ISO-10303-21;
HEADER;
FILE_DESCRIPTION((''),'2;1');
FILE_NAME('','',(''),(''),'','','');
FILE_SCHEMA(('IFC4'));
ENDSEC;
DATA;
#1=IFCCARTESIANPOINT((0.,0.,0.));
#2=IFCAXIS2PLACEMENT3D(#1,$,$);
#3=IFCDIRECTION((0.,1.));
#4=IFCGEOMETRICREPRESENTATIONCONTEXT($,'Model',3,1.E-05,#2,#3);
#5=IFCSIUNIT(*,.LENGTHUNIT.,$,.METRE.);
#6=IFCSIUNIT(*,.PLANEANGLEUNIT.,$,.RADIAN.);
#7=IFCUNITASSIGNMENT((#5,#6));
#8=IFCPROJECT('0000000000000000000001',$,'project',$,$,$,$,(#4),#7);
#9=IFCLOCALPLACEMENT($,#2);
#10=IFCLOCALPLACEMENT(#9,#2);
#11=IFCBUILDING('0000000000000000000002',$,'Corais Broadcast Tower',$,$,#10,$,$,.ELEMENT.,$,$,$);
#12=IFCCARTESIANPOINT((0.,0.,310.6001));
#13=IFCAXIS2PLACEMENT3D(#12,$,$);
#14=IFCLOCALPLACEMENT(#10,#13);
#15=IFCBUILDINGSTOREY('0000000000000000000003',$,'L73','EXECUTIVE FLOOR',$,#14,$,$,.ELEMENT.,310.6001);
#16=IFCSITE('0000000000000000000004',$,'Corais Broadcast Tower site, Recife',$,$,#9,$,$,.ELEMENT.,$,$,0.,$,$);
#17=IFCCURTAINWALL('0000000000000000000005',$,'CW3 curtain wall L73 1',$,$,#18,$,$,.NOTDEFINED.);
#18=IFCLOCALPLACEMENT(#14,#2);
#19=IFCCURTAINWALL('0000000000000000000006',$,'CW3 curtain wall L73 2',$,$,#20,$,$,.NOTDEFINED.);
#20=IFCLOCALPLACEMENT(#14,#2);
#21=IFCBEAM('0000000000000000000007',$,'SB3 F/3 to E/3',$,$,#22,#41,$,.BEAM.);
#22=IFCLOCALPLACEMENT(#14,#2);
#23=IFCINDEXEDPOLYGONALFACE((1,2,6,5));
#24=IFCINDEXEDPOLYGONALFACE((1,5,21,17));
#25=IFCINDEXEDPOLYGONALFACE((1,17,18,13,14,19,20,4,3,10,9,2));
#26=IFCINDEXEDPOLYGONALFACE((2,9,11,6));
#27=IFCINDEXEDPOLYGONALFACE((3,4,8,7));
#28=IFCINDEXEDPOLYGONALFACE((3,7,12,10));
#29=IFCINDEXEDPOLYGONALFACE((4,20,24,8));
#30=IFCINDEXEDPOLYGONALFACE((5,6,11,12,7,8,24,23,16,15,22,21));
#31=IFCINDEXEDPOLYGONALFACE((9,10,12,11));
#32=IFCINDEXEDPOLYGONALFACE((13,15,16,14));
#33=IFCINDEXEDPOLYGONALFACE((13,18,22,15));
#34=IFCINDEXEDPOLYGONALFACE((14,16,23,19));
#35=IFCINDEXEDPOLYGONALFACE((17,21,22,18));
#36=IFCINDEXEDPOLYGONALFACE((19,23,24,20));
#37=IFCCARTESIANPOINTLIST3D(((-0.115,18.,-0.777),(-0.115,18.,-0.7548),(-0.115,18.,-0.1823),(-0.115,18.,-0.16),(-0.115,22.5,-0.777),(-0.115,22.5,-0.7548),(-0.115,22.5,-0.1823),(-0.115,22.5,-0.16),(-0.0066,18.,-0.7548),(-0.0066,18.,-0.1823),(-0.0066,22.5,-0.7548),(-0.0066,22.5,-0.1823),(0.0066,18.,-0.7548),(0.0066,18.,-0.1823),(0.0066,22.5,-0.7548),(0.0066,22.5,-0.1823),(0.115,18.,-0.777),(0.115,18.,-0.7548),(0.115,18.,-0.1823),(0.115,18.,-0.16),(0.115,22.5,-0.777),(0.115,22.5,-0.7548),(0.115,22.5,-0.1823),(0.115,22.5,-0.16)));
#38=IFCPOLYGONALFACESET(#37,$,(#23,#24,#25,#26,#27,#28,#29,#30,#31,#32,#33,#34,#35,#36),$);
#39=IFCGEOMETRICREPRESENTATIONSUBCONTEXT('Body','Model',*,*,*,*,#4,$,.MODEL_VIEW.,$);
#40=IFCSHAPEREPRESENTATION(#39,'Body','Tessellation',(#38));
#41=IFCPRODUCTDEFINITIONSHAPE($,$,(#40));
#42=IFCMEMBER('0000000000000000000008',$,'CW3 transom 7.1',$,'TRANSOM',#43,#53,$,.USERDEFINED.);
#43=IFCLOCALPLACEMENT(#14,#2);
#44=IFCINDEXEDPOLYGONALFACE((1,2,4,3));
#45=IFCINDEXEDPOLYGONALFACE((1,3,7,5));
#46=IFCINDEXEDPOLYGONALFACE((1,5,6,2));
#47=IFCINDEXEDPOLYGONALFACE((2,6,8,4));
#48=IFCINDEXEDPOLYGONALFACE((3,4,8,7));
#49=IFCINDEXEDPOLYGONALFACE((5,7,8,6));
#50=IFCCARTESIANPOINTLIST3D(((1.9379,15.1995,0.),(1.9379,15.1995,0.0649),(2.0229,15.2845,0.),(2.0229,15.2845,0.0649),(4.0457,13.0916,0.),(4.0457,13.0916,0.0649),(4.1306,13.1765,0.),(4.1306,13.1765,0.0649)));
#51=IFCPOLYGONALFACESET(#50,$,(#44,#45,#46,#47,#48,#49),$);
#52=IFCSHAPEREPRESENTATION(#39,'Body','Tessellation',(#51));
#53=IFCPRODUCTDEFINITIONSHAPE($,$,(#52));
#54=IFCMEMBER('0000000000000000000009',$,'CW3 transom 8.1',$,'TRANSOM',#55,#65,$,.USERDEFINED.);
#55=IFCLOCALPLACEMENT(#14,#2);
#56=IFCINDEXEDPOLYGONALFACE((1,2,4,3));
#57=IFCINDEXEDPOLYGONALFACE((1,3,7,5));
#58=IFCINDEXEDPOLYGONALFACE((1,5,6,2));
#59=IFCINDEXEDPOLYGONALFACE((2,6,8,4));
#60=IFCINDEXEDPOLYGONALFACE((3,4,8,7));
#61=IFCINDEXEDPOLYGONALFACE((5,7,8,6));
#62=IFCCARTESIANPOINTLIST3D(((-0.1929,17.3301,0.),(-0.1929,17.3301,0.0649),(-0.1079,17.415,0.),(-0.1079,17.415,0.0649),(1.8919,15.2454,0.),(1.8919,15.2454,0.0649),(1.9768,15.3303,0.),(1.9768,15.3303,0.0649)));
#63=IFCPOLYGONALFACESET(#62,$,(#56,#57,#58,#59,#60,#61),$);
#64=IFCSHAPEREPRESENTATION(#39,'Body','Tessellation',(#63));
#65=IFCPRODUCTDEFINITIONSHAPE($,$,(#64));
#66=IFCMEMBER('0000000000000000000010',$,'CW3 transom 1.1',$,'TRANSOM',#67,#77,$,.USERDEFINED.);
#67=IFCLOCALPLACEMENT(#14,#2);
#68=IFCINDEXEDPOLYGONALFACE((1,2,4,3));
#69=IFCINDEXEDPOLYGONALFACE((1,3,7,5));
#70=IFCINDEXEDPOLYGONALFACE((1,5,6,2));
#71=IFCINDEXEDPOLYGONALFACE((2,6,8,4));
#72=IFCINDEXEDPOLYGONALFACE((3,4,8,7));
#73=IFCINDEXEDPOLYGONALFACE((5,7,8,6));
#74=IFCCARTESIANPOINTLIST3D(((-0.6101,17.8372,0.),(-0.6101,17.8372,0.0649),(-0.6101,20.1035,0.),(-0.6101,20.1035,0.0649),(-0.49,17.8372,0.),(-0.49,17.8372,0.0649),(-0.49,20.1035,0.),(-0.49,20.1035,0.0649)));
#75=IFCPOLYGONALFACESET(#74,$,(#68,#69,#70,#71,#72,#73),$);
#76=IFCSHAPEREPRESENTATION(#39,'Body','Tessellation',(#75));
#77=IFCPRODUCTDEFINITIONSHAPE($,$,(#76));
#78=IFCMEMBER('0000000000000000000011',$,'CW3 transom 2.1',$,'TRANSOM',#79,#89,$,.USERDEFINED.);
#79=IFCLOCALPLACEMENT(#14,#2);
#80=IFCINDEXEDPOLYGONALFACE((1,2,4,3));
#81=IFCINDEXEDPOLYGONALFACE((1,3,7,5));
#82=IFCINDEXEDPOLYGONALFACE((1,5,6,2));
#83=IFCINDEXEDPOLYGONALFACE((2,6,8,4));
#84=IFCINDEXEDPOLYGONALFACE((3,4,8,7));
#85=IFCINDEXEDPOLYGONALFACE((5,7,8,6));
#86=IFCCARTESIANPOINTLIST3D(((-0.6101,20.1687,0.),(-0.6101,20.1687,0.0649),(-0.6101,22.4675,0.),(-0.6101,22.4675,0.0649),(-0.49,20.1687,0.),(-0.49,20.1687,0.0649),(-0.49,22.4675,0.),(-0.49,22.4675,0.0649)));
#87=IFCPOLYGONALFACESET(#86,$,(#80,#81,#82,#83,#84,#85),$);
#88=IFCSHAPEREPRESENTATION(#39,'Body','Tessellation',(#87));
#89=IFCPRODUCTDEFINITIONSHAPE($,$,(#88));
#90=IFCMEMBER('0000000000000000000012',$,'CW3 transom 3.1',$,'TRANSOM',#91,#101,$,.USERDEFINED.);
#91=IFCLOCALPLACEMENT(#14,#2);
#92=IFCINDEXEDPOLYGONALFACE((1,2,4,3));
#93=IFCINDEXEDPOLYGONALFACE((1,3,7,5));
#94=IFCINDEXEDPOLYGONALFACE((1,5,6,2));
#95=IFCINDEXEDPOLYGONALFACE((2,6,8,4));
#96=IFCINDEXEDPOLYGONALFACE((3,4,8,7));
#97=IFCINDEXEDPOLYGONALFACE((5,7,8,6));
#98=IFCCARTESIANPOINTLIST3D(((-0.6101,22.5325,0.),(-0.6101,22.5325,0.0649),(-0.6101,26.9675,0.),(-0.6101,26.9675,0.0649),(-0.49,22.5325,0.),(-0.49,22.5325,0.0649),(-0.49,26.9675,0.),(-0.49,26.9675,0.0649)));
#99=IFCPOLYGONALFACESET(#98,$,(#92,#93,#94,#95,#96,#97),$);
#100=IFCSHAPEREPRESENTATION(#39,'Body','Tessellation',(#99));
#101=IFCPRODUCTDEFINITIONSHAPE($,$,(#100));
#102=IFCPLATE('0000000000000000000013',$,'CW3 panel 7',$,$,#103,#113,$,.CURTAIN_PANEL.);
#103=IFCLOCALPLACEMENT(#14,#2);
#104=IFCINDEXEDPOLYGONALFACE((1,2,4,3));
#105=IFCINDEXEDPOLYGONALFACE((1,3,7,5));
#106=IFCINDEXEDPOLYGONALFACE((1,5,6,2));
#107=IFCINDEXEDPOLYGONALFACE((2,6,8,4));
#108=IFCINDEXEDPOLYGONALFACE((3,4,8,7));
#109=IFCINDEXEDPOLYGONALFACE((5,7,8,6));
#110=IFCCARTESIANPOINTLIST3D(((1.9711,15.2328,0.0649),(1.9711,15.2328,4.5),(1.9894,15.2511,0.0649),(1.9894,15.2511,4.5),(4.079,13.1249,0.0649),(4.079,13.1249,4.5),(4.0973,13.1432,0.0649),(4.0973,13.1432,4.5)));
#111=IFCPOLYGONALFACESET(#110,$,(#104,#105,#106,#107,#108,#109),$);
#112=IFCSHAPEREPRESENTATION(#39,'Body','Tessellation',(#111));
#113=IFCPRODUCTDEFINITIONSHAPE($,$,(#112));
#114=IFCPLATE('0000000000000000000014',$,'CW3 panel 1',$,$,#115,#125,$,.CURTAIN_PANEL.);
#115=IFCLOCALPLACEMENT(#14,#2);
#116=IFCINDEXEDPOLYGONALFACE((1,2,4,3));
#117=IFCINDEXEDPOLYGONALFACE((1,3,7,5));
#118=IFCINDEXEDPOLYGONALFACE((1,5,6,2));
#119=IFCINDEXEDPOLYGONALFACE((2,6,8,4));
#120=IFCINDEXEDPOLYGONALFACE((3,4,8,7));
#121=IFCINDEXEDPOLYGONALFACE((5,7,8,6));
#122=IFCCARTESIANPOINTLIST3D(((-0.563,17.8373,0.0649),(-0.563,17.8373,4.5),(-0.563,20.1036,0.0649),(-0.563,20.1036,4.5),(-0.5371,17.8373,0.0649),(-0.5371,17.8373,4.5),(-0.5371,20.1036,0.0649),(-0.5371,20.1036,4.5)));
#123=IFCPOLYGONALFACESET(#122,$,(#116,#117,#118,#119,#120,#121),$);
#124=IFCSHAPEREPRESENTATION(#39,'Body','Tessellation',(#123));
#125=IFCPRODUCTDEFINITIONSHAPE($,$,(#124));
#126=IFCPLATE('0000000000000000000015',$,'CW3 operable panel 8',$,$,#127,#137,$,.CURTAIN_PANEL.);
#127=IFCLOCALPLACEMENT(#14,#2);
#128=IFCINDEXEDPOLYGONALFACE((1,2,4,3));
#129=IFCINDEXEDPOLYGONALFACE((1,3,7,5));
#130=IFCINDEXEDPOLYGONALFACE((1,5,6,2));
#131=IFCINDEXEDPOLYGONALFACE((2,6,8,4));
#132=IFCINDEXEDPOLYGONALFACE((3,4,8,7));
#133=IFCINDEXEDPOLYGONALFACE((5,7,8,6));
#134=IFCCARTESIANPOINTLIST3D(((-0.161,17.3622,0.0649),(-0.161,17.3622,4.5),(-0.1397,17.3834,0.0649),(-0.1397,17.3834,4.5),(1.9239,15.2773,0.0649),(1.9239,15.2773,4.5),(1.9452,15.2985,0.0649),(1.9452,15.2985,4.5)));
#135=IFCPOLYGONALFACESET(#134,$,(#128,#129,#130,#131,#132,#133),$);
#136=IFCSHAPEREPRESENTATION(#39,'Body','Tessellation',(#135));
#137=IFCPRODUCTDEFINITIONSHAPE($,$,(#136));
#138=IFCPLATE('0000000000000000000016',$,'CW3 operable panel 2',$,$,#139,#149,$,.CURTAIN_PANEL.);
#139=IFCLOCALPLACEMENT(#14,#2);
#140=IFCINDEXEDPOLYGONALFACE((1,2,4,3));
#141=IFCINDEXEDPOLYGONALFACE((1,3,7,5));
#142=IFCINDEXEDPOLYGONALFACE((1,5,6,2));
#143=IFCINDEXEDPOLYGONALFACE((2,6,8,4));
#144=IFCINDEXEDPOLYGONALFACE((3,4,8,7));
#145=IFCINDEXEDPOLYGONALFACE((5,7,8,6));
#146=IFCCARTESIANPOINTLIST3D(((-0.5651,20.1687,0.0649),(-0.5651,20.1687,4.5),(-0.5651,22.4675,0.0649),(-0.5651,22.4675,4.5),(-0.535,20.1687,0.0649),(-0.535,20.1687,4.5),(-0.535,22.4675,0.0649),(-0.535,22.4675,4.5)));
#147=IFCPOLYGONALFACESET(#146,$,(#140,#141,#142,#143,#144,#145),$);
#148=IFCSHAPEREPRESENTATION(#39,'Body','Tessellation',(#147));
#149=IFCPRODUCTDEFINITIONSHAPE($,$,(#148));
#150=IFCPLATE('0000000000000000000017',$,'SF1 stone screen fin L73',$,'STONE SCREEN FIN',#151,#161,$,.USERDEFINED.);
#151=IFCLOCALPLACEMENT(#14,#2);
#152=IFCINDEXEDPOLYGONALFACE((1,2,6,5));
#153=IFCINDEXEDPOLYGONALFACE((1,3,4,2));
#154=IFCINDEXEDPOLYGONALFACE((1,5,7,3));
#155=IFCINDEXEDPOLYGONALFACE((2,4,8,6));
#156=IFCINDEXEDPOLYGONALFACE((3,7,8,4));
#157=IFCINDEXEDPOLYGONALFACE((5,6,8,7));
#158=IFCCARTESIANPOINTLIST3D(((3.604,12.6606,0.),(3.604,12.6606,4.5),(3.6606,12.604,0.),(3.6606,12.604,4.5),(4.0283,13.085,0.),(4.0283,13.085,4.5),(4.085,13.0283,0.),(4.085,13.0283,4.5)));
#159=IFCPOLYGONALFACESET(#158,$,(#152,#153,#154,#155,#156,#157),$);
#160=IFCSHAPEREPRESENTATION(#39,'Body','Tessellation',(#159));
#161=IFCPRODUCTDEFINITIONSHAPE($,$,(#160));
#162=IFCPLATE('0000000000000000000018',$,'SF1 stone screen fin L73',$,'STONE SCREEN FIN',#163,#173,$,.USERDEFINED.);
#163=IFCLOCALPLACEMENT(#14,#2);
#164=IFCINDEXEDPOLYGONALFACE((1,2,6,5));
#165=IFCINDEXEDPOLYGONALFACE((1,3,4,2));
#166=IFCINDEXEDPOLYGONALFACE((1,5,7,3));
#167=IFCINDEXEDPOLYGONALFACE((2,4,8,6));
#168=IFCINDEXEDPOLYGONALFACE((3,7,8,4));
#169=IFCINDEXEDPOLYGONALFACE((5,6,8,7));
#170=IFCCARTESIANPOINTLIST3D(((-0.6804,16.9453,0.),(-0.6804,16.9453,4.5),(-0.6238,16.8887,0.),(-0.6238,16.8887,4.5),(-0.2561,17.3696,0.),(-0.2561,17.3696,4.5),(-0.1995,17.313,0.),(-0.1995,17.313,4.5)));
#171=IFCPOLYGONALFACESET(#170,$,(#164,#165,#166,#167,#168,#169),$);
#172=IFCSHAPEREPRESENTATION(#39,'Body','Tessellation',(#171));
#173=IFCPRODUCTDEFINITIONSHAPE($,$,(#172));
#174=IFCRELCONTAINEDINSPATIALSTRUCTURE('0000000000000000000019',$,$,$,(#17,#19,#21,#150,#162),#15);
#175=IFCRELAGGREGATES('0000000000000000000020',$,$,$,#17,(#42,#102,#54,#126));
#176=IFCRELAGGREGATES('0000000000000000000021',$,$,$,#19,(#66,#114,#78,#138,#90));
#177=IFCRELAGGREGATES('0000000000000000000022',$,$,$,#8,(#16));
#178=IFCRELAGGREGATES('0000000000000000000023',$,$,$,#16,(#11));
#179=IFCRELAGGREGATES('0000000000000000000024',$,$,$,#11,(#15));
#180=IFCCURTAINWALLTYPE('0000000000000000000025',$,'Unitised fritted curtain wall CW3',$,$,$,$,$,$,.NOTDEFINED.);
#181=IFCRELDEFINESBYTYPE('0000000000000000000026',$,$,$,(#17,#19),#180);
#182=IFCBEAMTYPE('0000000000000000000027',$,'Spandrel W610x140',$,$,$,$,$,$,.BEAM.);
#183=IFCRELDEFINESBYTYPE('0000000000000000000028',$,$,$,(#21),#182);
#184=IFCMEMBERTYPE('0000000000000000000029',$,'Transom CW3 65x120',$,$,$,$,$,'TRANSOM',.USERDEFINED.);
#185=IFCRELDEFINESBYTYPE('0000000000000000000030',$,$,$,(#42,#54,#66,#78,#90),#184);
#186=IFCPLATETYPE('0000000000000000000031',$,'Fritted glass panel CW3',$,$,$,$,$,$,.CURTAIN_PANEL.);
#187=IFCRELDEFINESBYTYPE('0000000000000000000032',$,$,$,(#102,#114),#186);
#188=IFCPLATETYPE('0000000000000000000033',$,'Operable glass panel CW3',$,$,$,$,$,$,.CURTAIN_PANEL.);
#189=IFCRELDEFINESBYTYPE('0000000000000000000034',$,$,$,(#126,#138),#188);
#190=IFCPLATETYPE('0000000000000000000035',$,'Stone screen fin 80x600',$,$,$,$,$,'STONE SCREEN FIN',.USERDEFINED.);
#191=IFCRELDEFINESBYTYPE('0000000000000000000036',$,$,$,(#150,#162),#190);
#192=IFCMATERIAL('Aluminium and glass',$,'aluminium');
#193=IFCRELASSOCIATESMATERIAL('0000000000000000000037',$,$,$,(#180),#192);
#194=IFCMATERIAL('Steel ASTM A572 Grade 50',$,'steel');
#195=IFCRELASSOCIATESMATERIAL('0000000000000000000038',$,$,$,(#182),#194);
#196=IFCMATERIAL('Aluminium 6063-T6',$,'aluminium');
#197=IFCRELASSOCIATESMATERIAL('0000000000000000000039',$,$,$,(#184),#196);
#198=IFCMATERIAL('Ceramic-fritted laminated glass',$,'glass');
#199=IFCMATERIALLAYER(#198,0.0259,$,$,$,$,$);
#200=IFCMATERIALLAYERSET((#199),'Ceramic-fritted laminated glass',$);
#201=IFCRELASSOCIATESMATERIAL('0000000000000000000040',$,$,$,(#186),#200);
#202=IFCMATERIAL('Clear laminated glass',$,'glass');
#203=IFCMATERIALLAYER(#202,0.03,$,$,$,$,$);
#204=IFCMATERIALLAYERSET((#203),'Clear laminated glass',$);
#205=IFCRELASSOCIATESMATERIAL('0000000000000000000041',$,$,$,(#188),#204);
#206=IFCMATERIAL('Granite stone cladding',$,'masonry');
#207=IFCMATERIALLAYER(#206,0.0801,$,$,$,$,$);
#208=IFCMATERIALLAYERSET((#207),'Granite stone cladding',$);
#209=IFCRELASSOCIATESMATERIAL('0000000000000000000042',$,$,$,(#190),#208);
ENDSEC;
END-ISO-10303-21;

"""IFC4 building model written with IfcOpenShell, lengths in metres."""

from ifc_helpers import new_model, si_unit, direction, frame, origin, origin_2d, place, context, subcontext, project, spatial, rectangle, i_section, extrude, material, layer, layer_set, material_profile, profile_set, type_object, element, aggregate, save


model = new_model("IFC4")

# Units and contexts
model_context = context("Model", 3, precision=1e-05, world=origin(), true_north=direction((0.0, 1.0)))
body_context = subcontext(model_context, "Body", "Model", "MODEL_VIEW")
ifc_project = project(units=[si_unit("LENGTHUNIT", "METRE"), si_unit("PLANEANGLEUNIT", "RADIAN")], contexts=[model_context])

# Site, building, storey
site_placement = place(None, origin())
site = spatial("IfcSite", under=ifc_project, at=site_placement, Name="Corais Broadcast Tower site, Recife", CompositionType="ELEMENT", RefElevation=0.0)
building_placement = place(site_placement, origin())
building = spatial("IfcBuilding", under=site, at=building_placement, Name="Corais Broadcast Tower", CompositionType="ELEMENT")
storey_placement = place(building_placement, frame((0.0, 0.0, 310.6001)))
storey = spatial("IfcBuildingStorey", under=building, at=storey_placement, Name="L73", Description="EXECUTIVE FLOOR", CompositionType="ELEMENT", Elevation=310.6001)

# Curtain walls
ifc_material_1 = material(Name="Aluminium and glass", Category="aluminium")
curtain_wall_type = type_object("IfcCurtainWallType", Name="Unitised fritted curtain wall CW3", PredefinedType="NOTDEFINED", material=ifc_material_1)
curtain_wall_1_placement = place(storey_placement, origin())
curtain_wall_1 = element("IfcCurtainWall", 1, at=curtain_wall_1_placement, inside=storey, type_object=curtain_wall_type, Name="CW3 curtain wall L73 1", PredefinedType="NOTDEFINED")
curtain_wall_2_placement = place(storey_placement, origin())
curtain_wall_2 = element("IfcCurtainWall", 2, at=curtain_wall_2_placement, inside=storey, type_object=curtain_wall_type, Name="CW3 curtain wall L73 2", PredefinedType="NOTDEFINED")

# Beam
ifc_material_2 = material(Name="Steel ASTM A572 Grade 50", Category="steel")
ifc_material_profile_1 = material_profile(ifc_material_2, i_section(OverallWidth=0.23, OverallDepth=0.6169, WebThickness=0.0132, FlangeThickness=0.0222, at=origin_2d()), Name="W610x140")
ifc_profile_set_1 = profile_set([ifc_material_profile_1], Name="Steel ASTM A572 Grade 50")
beam_type_1 = type_object("IfcBeamType", Name="Spandrel W610x140", PredefinedType="BEAM", material=ifc_profile_set_1)
beam_1_placement = place(storey_placement, frame((0.0, 22.5, -0.4685), z_axis=(0.0, -1.0, 0.0), x_axis=(1.0, 0.0, 0.0)))
element("IfcBeam", 3, at=beam_1_placement, inside=storey, type_object=beam_type_1, Name="SB3 F/3 to E/3", PredefinedType="BEAM", context=body_context, shape_type="SweptSolid", body=[
    extrude(i_section(OverallWidth=0.23, OverallDepth=0.6169, WebThickness=0.0132, FlangeThickness=0.0222, at=origin_2d()), origin(), (0.0, 0.0, 1.0), 4.5),
])

# Members
ifc_material_3 = material(Name="Aluminium 6063-T6", Category="aluminium")
ifc_material_profile_2 = material_profile(ifc_material_3, rectangle(XDim=0.1201, YDim=0.0649, at=origin_2d()), Name="Transom CW3 65x120")
ifc_profile_set_2 = profile_set([ifc_material_profile_2], Name="Aluminium 6063-T6")
member_type_1 = type_object("IfcMemberType", Name="Transom CW3 65x120", ElementType="TRANSOM", PredefinedType="USERDEFINED", material=ifc_profile_set_2)
member_1_placement = place(storey_placement, frame((4.0881, 13.134, 0.0325), z_axis=(-0.707066, 0.707148, 0.0), x_axis=(-0.707148, -0.707066, 0.0)))
member_1 = element("IfcMember", 4, at=member_1_placement, type_object=member_type_1, Name="CW3 transom 7.1", ObjectType="TRANSOM", PredefinedType="USERDEFINED", context=body_context, shape_type="SweptSolid", body=[
    extrude(rectangle(XDim=0.1201, YDim=0.0649, at=origin_2d()), origin(), (0.0, 0.0, 1.0), 2.981),
])
member_2_placement = place(storey_placement, frame((1.9343, 15.2878, 0.0325), z_axis=(-0.707107, 0.707107, 0.0), x_axis=(-0.707107, -0.707107, 0.0)))
member_2 = element("IfcMember", 5, at=member_2_placement, type_object=member_type_1, Name="CW3 transom 8.1", ObjectType="TRANSOM", PredefinedType="USERDEFINED", context=body_context, shape_type="SweptSolid", body=[
    extrude(rectangle(XDim=0.1201, YDim=0.0649, at=origin_2d()), origin(), (0.0, 0.0, 1.0), 2.9482),
])
member_3_placement = place(storey_placement, frame((-0.55, 17.8372, 0.0325), z_axis=(0.0, 1.0, 0.0), x_axis=(-1.0, 0.0, 0.0)))
member_3 = element("IfcMember", 6, at=member_3_placement, type_object=member_type_1, Name="CW3 transom 1.1", ObjectType="TRANSOM", PredefinedType="USERDEFINED", context=body_context, shape_type="SweptSolid", body=[
    extrude(rectangle(XDim=0.1201, YDim=0.0649, at=origin_2d()), origin(), (0.0, 0.0, 1.0), 2.2664),
])
member_4_placement = place(storey_placement, frame((-0.55, 20.1687, 0.0325), z_axis=(0.0, 1.0, 0.0), x_axis=(-1.0, 0.0, 0.0)))
member_4 = element("IfcMember", 7, at=member_4_placement, type_object=member_type_1, Name="CW3 transom 2.1", ObjectType="TRANSOM", PredefinedType="USERDEFINED", context=body_context, shape_type="SweptSolid", body=[
    extrude(rectangle(XDim=0.1201, YDim=0.0649, at=origin_2d()), origin(), (0.0, 0.0, 1.0), 2.2988),
])
member_5_placement = place(storey_placement, frame((-0.55, 22.5325, 0.0325), z_axis=(0.0, 1.0, 0.0), x_axis=(-1.0, 0.0, 0.0)))
member_5 = element("IfcMember", 8, at=member_5_placement, type_object=member_type_1, Name="CW3 transom 3.1", ObjectType="TRANSOM", PredefinedType="USERDEFINED", context=body_context, shape_type="SweptSolid", body=[
    extrude(rectangle(XDim=0.1201, YDim=0.0649, at=origin_2d()), origin(), (0.0, 0.0, 1.0), 4.4351),
])

# Plates
ifc_material_4 = material(Name="Ceramic-fritted laminated glass", Category="glass")
ifc_layer_1 = layer(ifc_material_4, 0.0259)
ifc_layer_set_1 = layer_set([ifc_layer_1], Name="Ceramic-fritted laminated glass")
plate_type_1 = type_object("IfcPlateType", Name="Fritted glass panel CW3", PredefinedType="CURTAIN_PANEL", material=ifc_layer_set_1)
plate_1_placement = place(storey_placement, frame((3.0342, 14.188, 0.0649), z_axis=(0.0, 0.0, 1.0), x_axis=(-0.707107, 0.707107, 0.0)))
plate_1 = element("IfcPlate", 9, at=plate_1_placement, type_object=plate_type_1, Name="CW3 panel 7", PredefinedType="CURTAIN_PANEL", context=body_context, shape_type="SweptSolid", body=[
    extrude(rectangle(XDim=2.981, YDim=0.0259, at=origin_2d()), origin(), (0.0, 0.0, 1.0), 4.4351),
])
plate_2_placement = place(storey_placement, frame((-0.55, 18.9705, 0.0649), z_axis=(0.0, 0.0, 1.0), x_axis=(0.0, 1.0, 0.0)))
plate_2 = element("IfcPlate", 10, at=plate_2_placement, type_object=plate_type_1, Name="CW3 panel 1", PredefinedType="CURTAIN_PANEL", context=body_context, shape_type="SweptSolid", body=[
    extrude(rectangle(XDim=2.2664, YDim=0.0259, at=origin_2d()), origin(), (0.0, 0.0, 1.0), 4.4351),
])
ifc_material_5 = material(Name="Clear laminated glass", Category="glass")
ifc_layer_2 = layer(ifc_material_5, 0.03)
ifc_layer_set_2 = layer_set([ifc_layer_2], Name="Clear laminated glass")
plate_type_2 = type_object("IfcPlateType", Name="Operable glass panel CW3", PredefinedType="CURTAIN_PANEL", material=ifc_layer_set_2)
plate_3_placement = place(storey_placement, frame((0.8921, 16.3303, 0.0649), z_axis=(0.0, 0.0, 1.0), x_axis=(-0.707107, 0.707107, 0.0)))
plate_3 = element("IfcPlate", 11, at=plate_3_placement, type_object=plate_type_2, Name="CW3 operable panel 8", PredefinedType="CURTAIN_PANEL", context=body_context, shape_type="SweptSolid", body=[
    extrude(rectangle(XDim=2.9485, YDim=0.03, at=origin_2d()), origin(), (0.0, 0.0, 1.0), 4.4351),
])
aggregate(curtain_wall_1, [member_1, plate_1, member_2, plate_3])
plate_4_placement = place(storey_placement, frame((-0.55, 21.3181, 0.0649), z_axis=(0.0, 0.0, 1.0), x_axis=(0.0, 1.0, 0.0)))
plate_4 = element("IfcPlate", 12, at=plate_4_placement, type_object=plate_type_2, Name="CW3 operable panel 2", PredefinedType="CURTAIN_PANEL", context=body_context, shape_type="SweptSolid", body=[
    extrude(rectangle(XDim=2.2988, YDim=0.03, at=origin_2d()), origin(), (0.0, 0.0, 1.0), 4.4351),
])
aggregate(curtain_wall_2, [member_3, plate_2, member_4, plate_4, member_5])

# Plates
ifc_material_6 = material(Name="Granite stone cladding", Category="masonry")
ifc_layer_3 = layer(ifc_material_6, 0.0801)
ifc_layer_set_3 = layer_set([ifc_layer_3], Name="Granite stone cladding")
plate_type_3 = type_object("IfcPlateType", Name="Stone screen fin 80x600", ElementType="STONE SCREEN FIN", PredefinedType="USERDEFINED", material=ifc_layer_set_3)
for number, where, z_axis, x_axis, name in (
    (13, (3.8445, 12.8445, 0.0), (0.0, 0.0, 1.0), (-0.707107, 0.707107, 0.0), "SF1 stone screen fin L73"),
    (14, (-0.4399, 17.1292, 0.0), (0.0, 0.0, 1.0), (-0.707107, 0.707107, 0.0), "SF1 stone screen fin L73"),
):
    element("IfcPlate", number, at=place(storey_placement, frame(where, z_axis=z_axis, x_axis=x_axis)), inside=storey, type_object=plate_type_3, Name=name, ObjectType="STONE SCREEN FIN", PredefinedType="USERDEFINED", context=body_context, shape_type="SweptSolid", body=[
        extrude(rectangle(XDim=0.0801, YDim=0.6001, at=origin_2d()), origin(), (0.0, 0.0, 1.0), 4.5),
    ])

save(model, "model.ifc")
